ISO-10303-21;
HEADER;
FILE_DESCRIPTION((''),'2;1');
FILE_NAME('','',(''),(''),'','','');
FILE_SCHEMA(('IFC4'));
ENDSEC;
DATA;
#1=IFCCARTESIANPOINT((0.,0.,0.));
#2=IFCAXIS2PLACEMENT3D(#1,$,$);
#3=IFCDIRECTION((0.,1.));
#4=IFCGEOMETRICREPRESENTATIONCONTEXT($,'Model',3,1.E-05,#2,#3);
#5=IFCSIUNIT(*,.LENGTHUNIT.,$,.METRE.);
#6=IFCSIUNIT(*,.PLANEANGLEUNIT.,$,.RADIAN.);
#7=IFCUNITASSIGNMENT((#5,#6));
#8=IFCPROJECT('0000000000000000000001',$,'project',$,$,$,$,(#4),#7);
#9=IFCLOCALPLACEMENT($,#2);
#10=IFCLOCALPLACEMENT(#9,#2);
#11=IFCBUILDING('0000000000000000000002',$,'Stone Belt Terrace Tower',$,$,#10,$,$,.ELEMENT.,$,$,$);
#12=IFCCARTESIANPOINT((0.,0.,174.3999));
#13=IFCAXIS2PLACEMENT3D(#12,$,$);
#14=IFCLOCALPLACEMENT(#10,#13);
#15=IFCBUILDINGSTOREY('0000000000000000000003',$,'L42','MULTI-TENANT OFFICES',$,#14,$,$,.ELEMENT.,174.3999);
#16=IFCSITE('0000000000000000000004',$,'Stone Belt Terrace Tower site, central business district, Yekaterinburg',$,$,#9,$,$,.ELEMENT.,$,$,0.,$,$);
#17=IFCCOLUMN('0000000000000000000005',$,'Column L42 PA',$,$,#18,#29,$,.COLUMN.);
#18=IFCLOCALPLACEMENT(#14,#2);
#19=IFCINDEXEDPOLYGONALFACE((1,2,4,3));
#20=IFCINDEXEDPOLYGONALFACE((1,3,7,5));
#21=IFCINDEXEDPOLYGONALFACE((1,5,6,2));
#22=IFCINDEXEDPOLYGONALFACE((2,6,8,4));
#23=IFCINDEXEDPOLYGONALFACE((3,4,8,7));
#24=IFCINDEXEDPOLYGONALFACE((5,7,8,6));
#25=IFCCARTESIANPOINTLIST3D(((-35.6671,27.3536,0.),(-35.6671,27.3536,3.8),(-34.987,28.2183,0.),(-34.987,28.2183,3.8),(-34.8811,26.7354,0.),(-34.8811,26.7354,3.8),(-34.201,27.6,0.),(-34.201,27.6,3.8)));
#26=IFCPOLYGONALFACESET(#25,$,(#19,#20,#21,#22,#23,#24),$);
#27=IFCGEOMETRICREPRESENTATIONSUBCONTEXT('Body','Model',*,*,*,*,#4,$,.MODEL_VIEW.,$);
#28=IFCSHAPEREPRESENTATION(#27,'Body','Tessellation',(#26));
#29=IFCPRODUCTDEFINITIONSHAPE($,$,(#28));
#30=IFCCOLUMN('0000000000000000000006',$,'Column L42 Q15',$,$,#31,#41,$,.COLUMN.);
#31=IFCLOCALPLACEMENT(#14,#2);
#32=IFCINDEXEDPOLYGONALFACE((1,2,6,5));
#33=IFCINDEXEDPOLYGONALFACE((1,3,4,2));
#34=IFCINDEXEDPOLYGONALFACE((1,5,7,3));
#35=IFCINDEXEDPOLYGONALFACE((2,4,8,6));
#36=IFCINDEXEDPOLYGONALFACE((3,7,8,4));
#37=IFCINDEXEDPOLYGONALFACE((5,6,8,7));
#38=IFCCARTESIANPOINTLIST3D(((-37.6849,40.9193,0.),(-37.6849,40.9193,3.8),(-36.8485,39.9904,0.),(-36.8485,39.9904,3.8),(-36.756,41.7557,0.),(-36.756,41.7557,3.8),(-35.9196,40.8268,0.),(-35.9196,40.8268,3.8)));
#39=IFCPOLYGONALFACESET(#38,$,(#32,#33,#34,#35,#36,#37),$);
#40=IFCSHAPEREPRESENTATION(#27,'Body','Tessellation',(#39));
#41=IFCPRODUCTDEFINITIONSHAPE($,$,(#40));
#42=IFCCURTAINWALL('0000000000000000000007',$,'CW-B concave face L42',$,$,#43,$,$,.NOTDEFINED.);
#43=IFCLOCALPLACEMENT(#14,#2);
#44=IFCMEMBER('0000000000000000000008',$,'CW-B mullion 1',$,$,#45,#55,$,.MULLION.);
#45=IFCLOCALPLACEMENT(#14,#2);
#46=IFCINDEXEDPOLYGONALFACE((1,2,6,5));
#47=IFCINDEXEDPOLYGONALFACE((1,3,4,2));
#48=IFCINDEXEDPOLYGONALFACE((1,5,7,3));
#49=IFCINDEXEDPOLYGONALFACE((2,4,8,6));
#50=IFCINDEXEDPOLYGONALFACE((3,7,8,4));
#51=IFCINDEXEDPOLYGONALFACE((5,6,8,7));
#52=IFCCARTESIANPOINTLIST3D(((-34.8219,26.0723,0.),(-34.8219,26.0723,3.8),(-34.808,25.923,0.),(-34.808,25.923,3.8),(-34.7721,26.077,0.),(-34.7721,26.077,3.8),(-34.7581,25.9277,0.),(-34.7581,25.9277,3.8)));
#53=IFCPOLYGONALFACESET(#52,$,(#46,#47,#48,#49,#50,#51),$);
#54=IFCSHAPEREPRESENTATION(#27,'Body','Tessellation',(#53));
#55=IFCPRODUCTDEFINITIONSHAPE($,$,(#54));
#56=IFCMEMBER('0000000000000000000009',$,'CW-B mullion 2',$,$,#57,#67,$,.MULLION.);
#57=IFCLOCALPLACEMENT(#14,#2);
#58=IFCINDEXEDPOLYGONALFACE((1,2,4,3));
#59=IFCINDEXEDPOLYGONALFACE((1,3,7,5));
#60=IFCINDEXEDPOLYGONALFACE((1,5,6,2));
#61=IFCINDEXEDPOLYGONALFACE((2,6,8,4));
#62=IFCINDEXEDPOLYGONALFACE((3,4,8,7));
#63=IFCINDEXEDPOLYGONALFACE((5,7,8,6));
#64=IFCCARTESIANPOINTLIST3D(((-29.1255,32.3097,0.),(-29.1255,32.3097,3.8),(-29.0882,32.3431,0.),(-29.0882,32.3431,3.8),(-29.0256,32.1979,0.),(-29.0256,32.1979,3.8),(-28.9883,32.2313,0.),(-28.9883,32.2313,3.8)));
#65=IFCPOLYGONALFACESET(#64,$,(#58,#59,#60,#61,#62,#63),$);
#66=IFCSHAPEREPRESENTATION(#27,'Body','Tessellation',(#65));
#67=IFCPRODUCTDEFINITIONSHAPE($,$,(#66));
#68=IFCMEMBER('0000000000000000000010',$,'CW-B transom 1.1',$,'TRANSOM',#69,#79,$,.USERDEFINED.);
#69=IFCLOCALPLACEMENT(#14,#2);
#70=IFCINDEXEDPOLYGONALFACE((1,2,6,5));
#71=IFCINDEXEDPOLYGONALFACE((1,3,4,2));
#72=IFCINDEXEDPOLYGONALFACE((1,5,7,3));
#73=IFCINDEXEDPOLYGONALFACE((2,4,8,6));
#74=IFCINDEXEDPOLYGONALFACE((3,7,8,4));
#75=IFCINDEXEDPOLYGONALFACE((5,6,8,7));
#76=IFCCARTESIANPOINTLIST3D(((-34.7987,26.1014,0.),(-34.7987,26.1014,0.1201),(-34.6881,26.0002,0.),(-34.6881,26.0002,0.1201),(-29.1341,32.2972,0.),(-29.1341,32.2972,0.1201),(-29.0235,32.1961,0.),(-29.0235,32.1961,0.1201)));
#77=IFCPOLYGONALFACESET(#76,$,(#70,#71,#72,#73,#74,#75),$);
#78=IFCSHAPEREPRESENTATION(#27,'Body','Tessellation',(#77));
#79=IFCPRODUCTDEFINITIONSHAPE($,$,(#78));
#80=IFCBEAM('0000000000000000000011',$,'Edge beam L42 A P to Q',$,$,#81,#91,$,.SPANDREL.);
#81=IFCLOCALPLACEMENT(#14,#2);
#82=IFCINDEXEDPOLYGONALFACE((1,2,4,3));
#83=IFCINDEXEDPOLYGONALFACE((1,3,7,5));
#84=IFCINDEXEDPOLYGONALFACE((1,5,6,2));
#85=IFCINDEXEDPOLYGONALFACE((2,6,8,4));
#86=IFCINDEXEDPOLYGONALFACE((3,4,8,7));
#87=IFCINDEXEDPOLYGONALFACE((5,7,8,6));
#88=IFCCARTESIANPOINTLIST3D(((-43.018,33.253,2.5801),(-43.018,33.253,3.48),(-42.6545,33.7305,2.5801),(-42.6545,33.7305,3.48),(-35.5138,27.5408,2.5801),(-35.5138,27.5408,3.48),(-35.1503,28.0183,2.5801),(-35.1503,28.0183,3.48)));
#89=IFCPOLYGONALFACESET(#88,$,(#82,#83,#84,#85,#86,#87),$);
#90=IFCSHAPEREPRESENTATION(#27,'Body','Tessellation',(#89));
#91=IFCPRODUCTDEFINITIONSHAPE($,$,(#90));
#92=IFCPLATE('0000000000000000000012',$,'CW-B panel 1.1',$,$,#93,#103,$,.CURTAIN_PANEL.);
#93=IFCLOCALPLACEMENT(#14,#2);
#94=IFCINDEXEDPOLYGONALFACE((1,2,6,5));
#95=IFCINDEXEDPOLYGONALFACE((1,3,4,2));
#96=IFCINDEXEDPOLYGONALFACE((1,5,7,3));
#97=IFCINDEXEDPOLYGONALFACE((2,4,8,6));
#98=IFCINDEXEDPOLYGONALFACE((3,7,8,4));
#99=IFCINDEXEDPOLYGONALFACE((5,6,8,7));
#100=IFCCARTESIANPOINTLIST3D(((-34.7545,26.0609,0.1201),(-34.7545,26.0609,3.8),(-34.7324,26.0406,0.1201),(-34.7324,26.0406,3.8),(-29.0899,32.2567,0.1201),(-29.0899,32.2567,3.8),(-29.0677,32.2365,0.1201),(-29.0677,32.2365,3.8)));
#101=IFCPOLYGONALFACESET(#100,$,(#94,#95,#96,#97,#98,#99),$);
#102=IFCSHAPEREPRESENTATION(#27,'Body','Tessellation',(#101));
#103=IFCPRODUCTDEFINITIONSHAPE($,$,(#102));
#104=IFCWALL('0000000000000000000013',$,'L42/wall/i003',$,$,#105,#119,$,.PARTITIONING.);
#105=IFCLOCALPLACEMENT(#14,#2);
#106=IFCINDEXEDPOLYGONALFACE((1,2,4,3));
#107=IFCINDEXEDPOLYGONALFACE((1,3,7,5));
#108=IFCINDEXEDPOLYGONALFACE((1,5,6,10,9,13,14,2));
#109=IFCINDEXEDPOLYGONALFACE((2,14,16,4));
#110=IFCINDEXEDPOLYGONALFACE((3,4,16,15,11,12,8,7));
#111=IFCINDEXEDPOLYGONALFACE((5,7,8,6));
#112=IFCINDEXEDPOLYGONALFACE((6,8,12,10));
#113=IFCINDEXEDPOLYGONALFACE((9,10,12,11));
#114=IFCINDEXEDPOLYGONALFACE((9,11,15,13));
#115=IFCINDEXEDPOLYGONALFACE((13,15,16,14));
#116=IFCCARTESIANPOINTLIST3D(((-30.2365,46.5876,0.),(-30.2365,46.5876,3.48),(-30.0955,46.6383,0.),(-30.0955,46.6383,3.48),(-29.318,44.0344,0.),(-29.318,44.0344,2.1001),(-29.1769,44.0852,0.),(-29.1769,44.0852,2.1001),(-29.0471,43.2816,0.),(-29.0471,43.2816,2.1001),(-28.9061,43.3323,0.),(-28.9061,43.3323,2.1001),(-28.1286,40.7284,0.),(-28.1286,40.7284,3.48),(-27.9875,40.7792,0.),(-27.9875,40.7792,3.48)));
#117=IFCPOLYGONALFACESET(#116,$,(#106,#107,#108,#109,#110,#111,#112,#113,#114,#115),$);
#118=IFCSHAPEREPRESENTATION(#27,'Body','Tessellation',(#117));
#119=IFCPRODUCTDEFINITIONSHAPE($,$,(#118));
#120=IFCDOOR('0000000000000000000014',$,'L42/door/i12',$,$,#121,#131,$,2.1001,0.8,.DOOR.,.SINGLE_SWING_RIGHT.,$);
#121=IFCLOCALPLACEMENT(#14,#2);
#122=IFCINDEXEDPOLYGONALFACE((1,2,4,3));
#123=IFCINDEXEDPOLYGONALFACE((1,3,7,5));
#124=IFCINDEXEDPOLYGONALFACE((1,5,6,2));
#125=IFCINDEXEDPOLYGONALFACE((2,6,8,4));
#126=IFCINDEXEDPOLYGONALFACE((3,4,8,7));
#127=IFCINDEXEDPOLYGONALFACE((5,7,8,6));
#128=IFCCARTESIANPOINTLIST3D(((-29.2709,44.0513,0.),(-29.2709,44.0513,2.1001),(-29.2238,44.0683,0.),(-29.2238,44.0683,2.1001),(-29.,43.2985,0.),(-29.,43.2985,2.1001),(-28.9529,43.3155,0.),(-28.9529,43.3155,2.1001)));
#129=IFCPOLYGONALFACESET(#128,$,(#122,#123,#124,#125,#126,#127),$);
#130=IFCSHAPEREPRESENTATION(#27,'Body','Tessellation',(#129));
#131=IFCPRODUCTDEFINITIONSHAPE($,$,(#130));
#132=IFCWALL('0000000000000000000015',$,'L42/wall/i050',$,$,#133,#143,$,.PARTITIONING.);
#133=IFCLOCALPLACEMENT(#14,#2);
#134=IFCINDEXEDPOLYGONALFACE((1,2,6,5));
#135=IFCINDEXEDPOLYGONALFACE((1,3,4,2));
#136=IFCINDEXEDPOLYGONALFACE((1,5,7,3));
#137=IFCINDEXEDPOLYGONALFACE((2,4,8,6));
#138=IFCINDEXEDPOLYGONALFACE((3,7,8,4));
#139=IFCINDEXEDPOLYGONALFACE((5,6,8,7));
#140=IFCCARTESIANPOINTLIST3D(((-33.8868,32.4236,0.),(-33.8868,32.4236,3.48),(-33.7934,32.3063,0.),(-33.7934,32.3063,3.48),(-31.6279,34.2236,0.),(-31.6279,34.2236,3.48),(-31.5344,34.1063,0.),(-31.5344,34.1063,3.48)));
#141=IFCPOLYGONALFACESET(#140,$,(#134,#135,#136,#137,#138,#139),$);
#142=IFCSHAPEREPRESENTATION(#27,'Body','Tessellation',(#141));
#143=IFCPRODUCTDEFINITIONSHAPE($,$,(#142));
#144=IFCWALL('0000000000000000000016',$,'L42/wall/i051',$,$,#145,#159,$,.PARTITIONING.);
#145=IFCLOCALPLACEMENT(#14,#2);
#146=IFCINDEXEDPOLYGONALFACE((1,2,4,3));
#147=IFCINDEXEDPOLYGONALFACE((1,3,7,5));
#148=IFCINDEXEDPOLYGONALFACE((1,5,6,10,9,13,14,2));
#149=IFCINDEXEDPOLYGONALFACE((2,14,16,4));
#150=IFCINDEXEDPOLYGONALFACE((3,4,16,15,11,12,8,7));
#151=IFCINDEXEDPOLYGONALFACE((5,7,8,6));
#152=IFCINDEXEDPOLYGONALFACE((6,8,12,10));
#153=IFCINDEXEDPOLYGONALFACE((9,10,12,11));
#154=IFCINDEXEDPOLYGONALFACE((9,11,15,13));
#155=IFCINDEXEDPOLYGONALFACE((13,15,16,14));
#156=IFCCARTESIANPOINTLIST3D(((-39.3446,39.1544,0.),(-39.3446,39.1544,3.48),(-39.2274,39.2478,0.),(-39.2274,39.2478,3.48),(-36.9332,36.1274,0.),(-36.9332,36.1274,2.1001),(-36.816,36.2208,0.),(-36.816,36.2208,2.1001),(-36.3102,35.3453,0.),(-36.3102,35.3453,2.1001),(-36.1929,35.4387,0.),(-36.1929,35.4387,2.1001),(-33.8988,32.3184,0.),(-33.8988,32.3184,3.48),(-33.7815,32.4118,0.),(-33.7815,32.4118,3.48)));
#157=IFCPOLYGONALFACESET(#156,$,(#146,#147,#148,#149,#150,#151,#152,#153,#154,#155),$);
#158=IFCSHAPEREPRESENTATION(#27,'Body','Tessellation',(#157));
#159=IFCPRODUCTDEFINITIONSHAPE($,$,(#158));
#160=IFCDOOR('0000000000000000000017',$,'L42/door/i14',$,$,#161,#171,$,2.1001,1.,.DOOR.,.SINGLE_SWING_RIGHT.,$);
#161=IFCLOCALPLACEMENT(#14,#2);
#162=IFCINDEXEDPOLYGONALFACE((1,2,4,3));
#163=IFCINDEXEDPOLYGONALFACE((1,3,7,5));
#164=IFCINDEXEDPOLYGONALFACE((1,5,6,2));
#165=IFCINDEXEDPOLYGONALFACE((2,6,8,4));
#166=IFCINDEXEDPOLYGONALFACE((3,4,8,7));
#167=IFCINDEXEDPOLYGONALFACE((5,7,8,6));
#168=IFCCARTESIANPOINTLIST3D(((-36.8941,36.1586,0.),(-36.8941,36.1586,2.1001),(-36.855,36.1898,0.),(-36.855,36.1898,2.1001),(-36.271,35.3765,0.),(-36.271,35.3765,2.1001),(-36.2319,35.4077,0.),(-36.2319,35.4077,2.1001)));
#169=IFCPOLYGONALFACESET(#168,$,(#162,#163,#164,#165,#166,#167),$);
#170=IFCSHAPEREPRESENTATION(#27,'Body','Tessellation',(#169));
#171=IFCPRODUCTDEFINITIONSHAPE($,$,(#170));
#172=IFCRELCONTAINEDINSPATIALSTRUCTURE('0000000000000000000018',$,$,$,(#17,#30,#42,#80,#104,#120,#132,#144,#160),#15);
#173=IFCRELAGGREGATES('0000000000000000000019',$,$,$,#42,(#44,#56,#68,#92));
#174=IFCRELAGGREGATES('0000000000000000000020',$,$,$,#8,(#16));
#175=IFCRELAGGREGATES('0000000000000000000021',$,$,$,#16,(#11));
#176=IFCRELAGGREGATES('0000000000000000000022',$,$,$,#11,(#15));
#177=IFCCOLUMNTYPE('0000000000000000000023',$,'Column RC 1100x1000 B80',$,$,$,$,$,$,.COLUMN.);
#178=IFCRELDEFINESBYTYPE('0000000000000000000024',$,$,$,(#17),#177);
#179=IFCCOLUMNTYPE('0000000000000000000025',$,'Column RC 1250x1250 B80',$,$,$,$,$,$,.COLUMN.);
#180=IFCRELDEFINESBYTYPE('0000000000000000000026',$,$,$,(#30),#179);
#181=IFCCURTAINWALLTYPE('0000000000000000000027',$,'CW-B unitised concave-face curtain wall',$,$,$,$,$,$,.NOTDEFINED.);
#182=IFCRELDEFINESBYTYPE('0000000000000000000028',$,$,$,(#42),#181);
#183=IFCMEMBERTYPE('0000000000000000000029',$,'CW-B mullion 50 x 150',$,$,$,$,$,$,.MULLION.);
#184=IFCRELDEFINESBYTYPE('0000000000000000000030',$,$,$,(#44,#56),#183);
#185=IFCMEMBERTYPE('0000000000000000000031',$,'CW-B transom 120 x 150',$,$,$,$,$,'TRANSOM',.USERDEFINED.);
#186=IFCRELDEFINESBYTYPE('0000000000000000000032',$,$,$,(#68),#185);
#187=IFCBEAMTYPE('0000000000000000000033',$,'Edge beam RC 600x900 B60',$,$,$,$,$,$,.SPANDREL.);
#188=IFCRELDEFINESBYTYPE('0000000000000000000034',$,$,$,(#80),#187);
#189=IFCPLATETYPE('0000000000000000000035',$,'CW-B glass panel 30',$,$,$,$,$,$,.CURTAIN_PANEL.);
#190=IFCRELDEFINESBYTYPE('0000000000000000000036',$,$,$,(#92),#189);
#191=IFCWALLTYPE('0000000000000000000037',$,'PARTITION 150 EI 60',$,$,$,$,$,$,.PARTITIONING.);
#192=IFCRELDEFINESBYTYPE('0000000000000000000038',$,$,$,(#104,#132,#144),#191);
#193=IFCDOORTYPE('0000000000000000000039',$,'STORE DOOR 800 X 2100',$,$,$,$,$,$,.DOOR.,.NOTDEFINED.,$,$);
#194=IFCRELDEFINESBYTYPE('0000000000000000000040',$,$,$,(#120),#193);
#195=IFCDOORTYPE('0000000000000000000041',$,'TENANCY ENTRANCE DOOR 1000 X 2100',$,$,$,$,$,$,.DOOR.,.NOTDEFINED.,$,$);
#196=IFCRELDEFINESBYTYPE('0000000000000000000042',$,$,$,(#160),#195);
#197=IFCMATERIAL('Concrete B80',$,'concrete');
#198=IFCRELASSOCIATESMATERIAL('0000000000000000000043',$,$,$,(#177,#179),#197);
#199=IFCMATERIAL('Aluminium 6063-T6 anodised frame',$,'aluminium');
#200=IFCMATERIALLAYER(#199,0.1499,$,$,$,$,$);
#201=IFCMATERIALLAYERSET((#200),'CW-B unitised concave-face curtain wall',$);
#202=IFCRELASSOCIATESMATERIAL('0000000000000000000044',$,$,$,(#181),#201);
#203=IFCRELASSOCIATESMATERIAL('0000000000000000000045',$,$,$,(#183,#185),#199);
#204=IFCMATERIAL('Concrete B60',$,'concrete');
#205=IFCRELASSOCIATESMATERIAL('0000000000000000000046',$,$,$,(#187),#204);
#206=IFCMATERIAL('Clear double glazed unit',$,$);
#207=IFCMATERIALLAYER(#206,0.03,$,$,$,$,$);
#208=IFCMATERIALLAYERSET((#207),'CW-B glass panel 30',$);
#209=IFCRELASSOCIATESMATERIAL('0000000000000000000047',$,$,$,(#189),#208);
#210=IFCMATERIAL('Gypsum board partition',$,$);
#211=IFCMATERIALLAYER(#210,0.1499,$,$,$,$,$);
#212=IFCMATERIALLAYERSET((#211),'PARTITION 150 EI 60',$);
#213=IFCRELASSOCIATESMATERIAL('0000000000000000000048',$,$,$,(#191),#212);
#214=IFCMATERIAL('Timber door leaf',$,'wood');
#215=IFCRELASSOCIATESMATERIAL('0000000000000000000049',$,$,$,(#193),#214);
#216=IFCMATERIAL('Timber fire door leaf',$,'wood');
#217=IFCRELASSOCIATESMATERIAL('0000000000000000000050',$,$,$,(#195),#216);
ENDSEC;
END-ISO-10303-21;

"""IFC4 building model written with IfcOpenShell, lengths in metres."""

from ifc_helpers import new_model, si_unit, direction, frame, frame_2d, origin, origin_2d, place, context, subcontext, project, spatial, rectangle, extrude, material, layer, layer_set, material_profile, profile_set, type_object, element, fill, aggregate, save


model = new_model("IFC4")

# Units and contexts
model_context = context("Model", 3, precision=1e-05, world=origin(), true_north=direction((0.0, 1.0)))
body_context = subcontext(model_context, "Body", "Model", "MODEL_VIEW")
ifc_project = project(units=[si_unit("LENGTHUNIT", "METRE"), si_unit("PLANEANGLEUNIT", "RADIAN")], contexts=[model_context])

# Site, building, storey
site_placement = place(None, origin())
site = spatial("IfcSite", under=ifc_project, at=site_placement, Name="Stone Belt Terrace Tower site, central business district, Yekaterinburg", CompositionType="ELEMENT", RefElevation=0.0)
building_placement = place(site_placement, origin())
building = spatial("IfcBuilding", under=site, at=building_placement, Name="Stone Belt Terrace Tower", CompositionType="ELEMENT")
storey_placement = place(building_placement, frame((0.0, 0.0, 174.3999)))
storey = spatial("IfcBuildingStorey", under=building, at=storey_placement, Name="L42", Description="MULTI-TENANT OFFICES", CompositionType="ELEMENT", Elevation=174.3999)

# Columns
ifc_material_1 = material(Name="Concrete B80", Category="concrete")
ifc_material_profile_1 = material_profile(ifc_material_1, rectangle(XDim=1.1001, YDim=1.0, at=origin_2d()), Name="RC 1100x1000")
ifc_profile_set_1 = profile_set([ifc_material_profile_1], Name="Concrete B80")
column_type_1 = type_object("IfcColumnType", Name="Column RC 1100x1000 B80", PredefinedType="COLUMN", material=ifc_profile_set_1)
column_1_placement = place(storey_placement, frame((-34.9341, 27.4768, 0.0), z_axis=(0.0, 0.0, 1.0), x_axis=(0.618218, 0.786007, 0.0)))
element("IfcColumn", 1, at=column_1_placement, inside=storey, type_object=column_type_1, Name="Column L42 PA", PredefinedType="COLUMN", context=body_context, shape_type="SweptSolid", body=[
    extrude(rectangle(XDim=1.1001, YDim=1.0, at=origin_2d()), origin(), (0.0, 0.0, 1.0), 3.8),
])
ifc_material_profile_2 = material_profile(ifc_material_1, rectangle(XDim=1.25, YDim=1.25, at=origin_2d()), Name="RC 1250x1250")
ifc_profile_set_2 = profile_set([ifc_material_profile_2], Name="Concrete B80")
column_type_2 = type_object("IfcColumnType", Name="Column RC 1250x1250 B80", PredefinedType="COLUMN", material=ifc_profile_set_2)
column_2_placement = place(storey_placement, frame((-36.8022, 40.873, 0.0), z_axis=(0.0, 0.0, 1.0), x_axis=(0.743145, 0.669131, 0.0)))
element("IfcColumn", 2, at=column_2_placement, inside=storey, type_object=column_type_2, Name="Column L42 Q15", PredefinedType="COLUMN", context=body_context, shape_type="SweptSolid", body=[
    extrude(rectangle(XDim=1.25, YDim=1.25, at=origin_2d()), origin(), (0.0, 0.0, 1.0), 3.8),
])

# Curtain wall, members
ifc_material_2 = material(Name="Aluminium 6063-T6 anodised frame", Category="aluminium")
ifc_layer_1 = layer(ifc_material_2, 0.1499)
ifc_layer_set_1 = layer_set([ifc_layer_1], Name="CW-B unitised concave-face curtain wall")
curtain_wall_type = type_object("IfcCurtainWallType", Name="CW-B unitised concave-face curtain wall", PredefinedType="NOTDEFINED", material=ifc_layer_set_1)
curtain_wall_placement = place(storey_placement, origin())
curtain_wall = element("IfcCurtainWall", 3, at=curtain_wall_placement, inside=storey, type_object=curtain_wall_type, Name="CW-B concave face L42", PredefinedType="NOTDEFINED")
ifc_material_profile_3 = material_profile(ifc_material_2, rectangle(XDim=0.1499, YDim=0.05, at=origin_2d()), Name="Aluminium 6063-T6 50x150")
ifc_profile_set_3 = profile_set([ifc_material_profile_3], Name="Aluminium 6063-T6 anodised frame")
member_type_1 = type_object("IfcMemberType", Name="CW-B mullion 50 x 150", PredefinedType="MULLION", material=ifc_profile_set_3)
member_1_placement = place(storey_placement, frame((-34.79, 26.0, 0.0), z_axis=(0.0, 0.0, 1.0), x_axis=(-0.093181, 0.995649, 0.0)))
member_1 = element("IfcMember", 4, at=member_1_placement, type_object=member_type_1, Name="CW-B mullion 1", PredefinedType="MULLION", context=body_context, shape_type="SweptSolid", body=[
    extrude(rectangle(XDim=0.1499, YDim=0.05, at=origin_2d()), origin(), (0.0, 0.0, 1.0), 3.8),
])
member_2_placement = place(storey_placement, frame((-29.0569, 32.2705, 0.0), z_axis=(0.0, 0.0, 1.0), x_axis=(-0.666301, 0.745683, 0.0)))
member_2 = element("IfcMember", 5, at=member_2_placement, type_object=member_type_1, Name="CW-B mullion 2", PredefinedType="MULLION", context=body_context, shape_type="SweptSolid", body=[
    extrude(rectangle(XDim=0.1499, YDim=0.05, at=origin_2d()), origin(), (0.0, 0.0, 1.0), 3.8),
])
ifc_material_profile_4 = material_profile(ifc_material_2, rectangle(XDim=0.1499, YDim=0.1201, at=origin_2d()), Name="Aluminium 6063-T6 150x120")
ifc_profile_set_4 = profile_set([ifc_material_profile_4], Name="Aluminium 6063-T6 anodised frame")
member_type_2 = type_object("IfcMemberType", Name="CW-B transom 120 x 150", ElementType="TRANSOM", PredefinedType="USERDEFINED", material=ifc_profile_set_4)
member_3_placement = place(storey_placement, frame((-34.7434, 26.0508, 0.0601), z_axis=(0.674757, 0.73804, 0.0), x_axis=(-0.73804, 0.674757, 0.0)))
member_3 = element("IfcMember", 6, at=member_3_placement, type_object=member_type_2, Name="CW-B transom 1.1", ObjectType="TRANSOM", PredefinedType="USERDEFINED", context=body_context, shape_type="SweptSolid", body=[
    extrude(rectangle(XDim=0.1499, YDim=0.1201, at=origin_2d()), origin(), (0.0, 0.0, 1.0), 8.395),
])

# Beam
ifc_material_3 = material(Name="Concrete B60", Category="concrete")
ifc_material_profile_5 = material_profile(ifc_material_3, rectangle(XDim=0.6001, YDim=0.8999, at=origin_2d()), Name="RC 600x900")
ifc_profile_set_5 = profile_set([ifc_material_profile_5], Name="Concrete B60")
beam_type = type_object("IfcBeamType", Name="Edge beam RC 600x900 B60", PredefinedType="SPANDREL", material=ifc_profile_set_5)
beam_placement = place(storey_placement, frame((-35.332, 27.7795, 3.03), z_axis=(-0.795702, 0.605688, 0.0), x_axis=(-0.605688, -0.795702, 0.0)))
element("IfcBeam", 7, at=beam_placement, inside=storey, type_object=beam_type, Name="Edge beam L42 A P to Q", PredefinedType="SPANDREL", context=body_context, shape_type="SweptSolid", body=[
    extrude(rectangle(XDim=0.6001, YDim=0.8999, at=origin_2d()), origin(), (0.0, 0.0, 1.0), 9.4309),
])

# Plate
ifc_material_4 = material(Name="Clear double glazed unit")
ifc_layer_2 = layer(ifc_material_4, 0.03)
ifc_layer_set_2 = layer_set([ifc_layer_2], Name="CW-B glass panel 30")
plate_type = type_object("IfcPlateType", Name="CW-B glass panel 30", PredefinedType="CURTAIN_PANEL", material=ifc_layer_set_2)
plate_placement = place(storey_placement, frame((-31.9111, 29.1487, 0.1201), z_axis=(0.0, 0.0, 1.0), x_axis=(0.674761, 0.738036, 0.0)))
plate = element("IfcPlate", 8, at=plate_placement, type_object=plate_type, Name="CW-B panel 1.1", PredefinedType="CURTAIN_PANEL", context=body_context, shape_type="SweptSolid", body=[
    extrude(rectangle(XDim=8.395, YDim=0.03, at=origin_2d()), origin(), (0.0, 0.0, 1.0), 3.6799),
])
aggregate(curtain_wall, [member_1, member_2, member_3, plate])

# Wall, opening, door
ifc_material_5 = material(Name="Gypsum board partition")
ifc_layer_3 = layer(ifc_material_5, 0.1499)
ifc_layer_set_3 = layer_set([ifc_layer_3], Name="PARTITION 150 EI 60")
wall_type_1 = type_object("IfcWallType", Name="PARTITION 150 EI 60", PredefinedType="PARTITIONING", material=ifc_layer_set_3)
wall_1_placement = place(storey_placement, frame((-28.0581, 40.7539, 0.0), z_axis=(0.0, 0.0, 1.0), x_axis=(-0.338524, 0.940958, 0.0)))
wall_1 = element("IfcWall", 9, at=wall_1_placement, inside=storey, type_object=wall_type_1, Name="L42/wall/i003", PredefinedType="PARTITIONING", context=body_context, shape_type="SweptSolid", body=[
    extrude(rectangle(XDim=6.2268, YDim=0.1499, at=frame_2d((3.1133, 0.0))), origin(), (0.0, 0.0, 1.0), 3.48),
])
opening_1_placement = place(wall_1_placement, frame((2.7134, 0.0, 0.0)))
opening_1 = element("IfcOpeningElement", 10, at=opening_1_placement, cuts=wall_1, PredefinedType="OPENING", context=body_context, shape_type="SweptSolid", body=[
    extrude(rectangle(XDim=0.8, YDim=2.1001, at=frame_2d((0.3999, 1.05))), frame((0.0, 0.085, 0.0), z_axis=(0.0, -1.0, 0.0), x_axis=(1.0, 0.0, 0.0)), (0.0, 0.0, 1.0), 0.1699),
])
ifc_material_6 = material(Name="Timber door leaf", Category="wood")
door_type_1 = type_object("IfcDoorType", Name="STORE DOOR 800 X 2100", OperationType="NOTDEFINED", PredefinedType="DOOR", material=ifc_material_6)
door_1_placement = place(opening_1_placement, origin())
door_1 = element("IfcDoor", 11, at=door_1_placement, inside=storey, type_object=door_type_1, Name="L42/door/i12", OperationType="SINGLE_SWING_RIGHT", OverallHeight=2.1001, OverallWidth=0.8, PredefinedType="DOOR", context=body_context, shape_type="SweptSolid", body=[
    extrude(rectangle(XDim=0.8, YDim=2.1001, at=frame_2d((0.3999, 1.05))), frame((0.0, 0.0249, 0.0), z_axis=(0.0, -1.0, 0.0), x_axis=(1.0, 0.0, 0.0)), (0.0, 0.0, 1.0), 0.05),
])
fill(opening_1, door_1)

# Wall
wall_2_placement = place(storey_placement, frame((-31.5811, 34.165, 0.0), z_axis=(0.0, 0.0, 1.0), x_axis=(-0.78208, -0.623179, 0.0)))
element("IfcWall", 12, at=wall_2_placement, inside=storey, type_object=wall_type_1, Name="L42/wall/i050", PredefinedType="PARTITIONING", context=body_context, shape_type="SweptSolid", body=[
    extrude(rectangle(XDim=2.8884, YDim=0.1499, at=frame_2d((1.4443, 0.0))), origin(), (0.0, 0.0, 1.0), 3.48),
])

# Wall, opening, door
wall_3_placement = place(storey_placement, frame((-33.8401, 32.365, 0.0), z_axis=(0.0, 0.0, 1.0), x_axis=(-0.623093, 0.782148, 0.0)))
wall_3 = element("IfcWall", 13, at=wall_3_placement, inside=storey, type_object=wall_type_1, Name="L42/wall/i051", PredefinedType="PARTITIONING", context=body_context, shape_type="SweptSolid", body=[
    extrude(rectangle(XDim=8.74, YDim=0.1499, at=frame_2d((4.3701, 0.0))), origin(), (0.0, 0.0, 1.0), 3.48),
])
opening_2_placement = place(wall_3_placement, frame((3.8701, 0.0, 0.0)))
opening_2 = element("IfcOpeningElement", 14, at=opening_2_placement, cuts=wall_3, PredefinedType="OPENING", context=body_context, shape_type="SweptSolid", body=[
    extrude(rectangle(XDim=1.0, YDim=2.1001, at=frame_2d((0.5, 1.05))), frame((0.0, 0.085, 0.0), z_axis=(0.0, -1.0, 0.0), x_axis=(1.0, 0.0, 0.0)), (0.0, 0.0, 1.0), 0.1699),
])
ifc_material_7 = material(Name="Timber fire door leaf", Category="wood")
door_type_2 = type_object("IfcDoorType", Name="TENANCY ENTRANCE DOOR 1000 X 2100", OperationType="NOTDEFINED", PredefinedType="DOOR", material=ifc_material_7)
door_2_placement = place(opening_2_placement, origin())
door_2 = element("IfcDoor", 15, at=door_2_placement, inside=storey, type_object=door_type_2, Name="L42/door/i14", OperationType="SINGLE_SWING_RIGHT", OverallHeight=2.1001, OverallWidth=1.0, PredefinedType="DOOR", context=body_context, shape_type="SweptSolid", body=[
    extrude(rectangle(XDim=1.0, YDim=2.1001, at=frame_2d((0.5, 1.05))), frame((0.0, 0.0249, 0.0), z_axis=(0.0, -1.0, 0.0), x_axis=(1.0, 0.0, 0.0)), (0.0, 0.0, 1.0), 0.05),
])
fill(opening_2, door_2)

save(model, "model.ifc")
